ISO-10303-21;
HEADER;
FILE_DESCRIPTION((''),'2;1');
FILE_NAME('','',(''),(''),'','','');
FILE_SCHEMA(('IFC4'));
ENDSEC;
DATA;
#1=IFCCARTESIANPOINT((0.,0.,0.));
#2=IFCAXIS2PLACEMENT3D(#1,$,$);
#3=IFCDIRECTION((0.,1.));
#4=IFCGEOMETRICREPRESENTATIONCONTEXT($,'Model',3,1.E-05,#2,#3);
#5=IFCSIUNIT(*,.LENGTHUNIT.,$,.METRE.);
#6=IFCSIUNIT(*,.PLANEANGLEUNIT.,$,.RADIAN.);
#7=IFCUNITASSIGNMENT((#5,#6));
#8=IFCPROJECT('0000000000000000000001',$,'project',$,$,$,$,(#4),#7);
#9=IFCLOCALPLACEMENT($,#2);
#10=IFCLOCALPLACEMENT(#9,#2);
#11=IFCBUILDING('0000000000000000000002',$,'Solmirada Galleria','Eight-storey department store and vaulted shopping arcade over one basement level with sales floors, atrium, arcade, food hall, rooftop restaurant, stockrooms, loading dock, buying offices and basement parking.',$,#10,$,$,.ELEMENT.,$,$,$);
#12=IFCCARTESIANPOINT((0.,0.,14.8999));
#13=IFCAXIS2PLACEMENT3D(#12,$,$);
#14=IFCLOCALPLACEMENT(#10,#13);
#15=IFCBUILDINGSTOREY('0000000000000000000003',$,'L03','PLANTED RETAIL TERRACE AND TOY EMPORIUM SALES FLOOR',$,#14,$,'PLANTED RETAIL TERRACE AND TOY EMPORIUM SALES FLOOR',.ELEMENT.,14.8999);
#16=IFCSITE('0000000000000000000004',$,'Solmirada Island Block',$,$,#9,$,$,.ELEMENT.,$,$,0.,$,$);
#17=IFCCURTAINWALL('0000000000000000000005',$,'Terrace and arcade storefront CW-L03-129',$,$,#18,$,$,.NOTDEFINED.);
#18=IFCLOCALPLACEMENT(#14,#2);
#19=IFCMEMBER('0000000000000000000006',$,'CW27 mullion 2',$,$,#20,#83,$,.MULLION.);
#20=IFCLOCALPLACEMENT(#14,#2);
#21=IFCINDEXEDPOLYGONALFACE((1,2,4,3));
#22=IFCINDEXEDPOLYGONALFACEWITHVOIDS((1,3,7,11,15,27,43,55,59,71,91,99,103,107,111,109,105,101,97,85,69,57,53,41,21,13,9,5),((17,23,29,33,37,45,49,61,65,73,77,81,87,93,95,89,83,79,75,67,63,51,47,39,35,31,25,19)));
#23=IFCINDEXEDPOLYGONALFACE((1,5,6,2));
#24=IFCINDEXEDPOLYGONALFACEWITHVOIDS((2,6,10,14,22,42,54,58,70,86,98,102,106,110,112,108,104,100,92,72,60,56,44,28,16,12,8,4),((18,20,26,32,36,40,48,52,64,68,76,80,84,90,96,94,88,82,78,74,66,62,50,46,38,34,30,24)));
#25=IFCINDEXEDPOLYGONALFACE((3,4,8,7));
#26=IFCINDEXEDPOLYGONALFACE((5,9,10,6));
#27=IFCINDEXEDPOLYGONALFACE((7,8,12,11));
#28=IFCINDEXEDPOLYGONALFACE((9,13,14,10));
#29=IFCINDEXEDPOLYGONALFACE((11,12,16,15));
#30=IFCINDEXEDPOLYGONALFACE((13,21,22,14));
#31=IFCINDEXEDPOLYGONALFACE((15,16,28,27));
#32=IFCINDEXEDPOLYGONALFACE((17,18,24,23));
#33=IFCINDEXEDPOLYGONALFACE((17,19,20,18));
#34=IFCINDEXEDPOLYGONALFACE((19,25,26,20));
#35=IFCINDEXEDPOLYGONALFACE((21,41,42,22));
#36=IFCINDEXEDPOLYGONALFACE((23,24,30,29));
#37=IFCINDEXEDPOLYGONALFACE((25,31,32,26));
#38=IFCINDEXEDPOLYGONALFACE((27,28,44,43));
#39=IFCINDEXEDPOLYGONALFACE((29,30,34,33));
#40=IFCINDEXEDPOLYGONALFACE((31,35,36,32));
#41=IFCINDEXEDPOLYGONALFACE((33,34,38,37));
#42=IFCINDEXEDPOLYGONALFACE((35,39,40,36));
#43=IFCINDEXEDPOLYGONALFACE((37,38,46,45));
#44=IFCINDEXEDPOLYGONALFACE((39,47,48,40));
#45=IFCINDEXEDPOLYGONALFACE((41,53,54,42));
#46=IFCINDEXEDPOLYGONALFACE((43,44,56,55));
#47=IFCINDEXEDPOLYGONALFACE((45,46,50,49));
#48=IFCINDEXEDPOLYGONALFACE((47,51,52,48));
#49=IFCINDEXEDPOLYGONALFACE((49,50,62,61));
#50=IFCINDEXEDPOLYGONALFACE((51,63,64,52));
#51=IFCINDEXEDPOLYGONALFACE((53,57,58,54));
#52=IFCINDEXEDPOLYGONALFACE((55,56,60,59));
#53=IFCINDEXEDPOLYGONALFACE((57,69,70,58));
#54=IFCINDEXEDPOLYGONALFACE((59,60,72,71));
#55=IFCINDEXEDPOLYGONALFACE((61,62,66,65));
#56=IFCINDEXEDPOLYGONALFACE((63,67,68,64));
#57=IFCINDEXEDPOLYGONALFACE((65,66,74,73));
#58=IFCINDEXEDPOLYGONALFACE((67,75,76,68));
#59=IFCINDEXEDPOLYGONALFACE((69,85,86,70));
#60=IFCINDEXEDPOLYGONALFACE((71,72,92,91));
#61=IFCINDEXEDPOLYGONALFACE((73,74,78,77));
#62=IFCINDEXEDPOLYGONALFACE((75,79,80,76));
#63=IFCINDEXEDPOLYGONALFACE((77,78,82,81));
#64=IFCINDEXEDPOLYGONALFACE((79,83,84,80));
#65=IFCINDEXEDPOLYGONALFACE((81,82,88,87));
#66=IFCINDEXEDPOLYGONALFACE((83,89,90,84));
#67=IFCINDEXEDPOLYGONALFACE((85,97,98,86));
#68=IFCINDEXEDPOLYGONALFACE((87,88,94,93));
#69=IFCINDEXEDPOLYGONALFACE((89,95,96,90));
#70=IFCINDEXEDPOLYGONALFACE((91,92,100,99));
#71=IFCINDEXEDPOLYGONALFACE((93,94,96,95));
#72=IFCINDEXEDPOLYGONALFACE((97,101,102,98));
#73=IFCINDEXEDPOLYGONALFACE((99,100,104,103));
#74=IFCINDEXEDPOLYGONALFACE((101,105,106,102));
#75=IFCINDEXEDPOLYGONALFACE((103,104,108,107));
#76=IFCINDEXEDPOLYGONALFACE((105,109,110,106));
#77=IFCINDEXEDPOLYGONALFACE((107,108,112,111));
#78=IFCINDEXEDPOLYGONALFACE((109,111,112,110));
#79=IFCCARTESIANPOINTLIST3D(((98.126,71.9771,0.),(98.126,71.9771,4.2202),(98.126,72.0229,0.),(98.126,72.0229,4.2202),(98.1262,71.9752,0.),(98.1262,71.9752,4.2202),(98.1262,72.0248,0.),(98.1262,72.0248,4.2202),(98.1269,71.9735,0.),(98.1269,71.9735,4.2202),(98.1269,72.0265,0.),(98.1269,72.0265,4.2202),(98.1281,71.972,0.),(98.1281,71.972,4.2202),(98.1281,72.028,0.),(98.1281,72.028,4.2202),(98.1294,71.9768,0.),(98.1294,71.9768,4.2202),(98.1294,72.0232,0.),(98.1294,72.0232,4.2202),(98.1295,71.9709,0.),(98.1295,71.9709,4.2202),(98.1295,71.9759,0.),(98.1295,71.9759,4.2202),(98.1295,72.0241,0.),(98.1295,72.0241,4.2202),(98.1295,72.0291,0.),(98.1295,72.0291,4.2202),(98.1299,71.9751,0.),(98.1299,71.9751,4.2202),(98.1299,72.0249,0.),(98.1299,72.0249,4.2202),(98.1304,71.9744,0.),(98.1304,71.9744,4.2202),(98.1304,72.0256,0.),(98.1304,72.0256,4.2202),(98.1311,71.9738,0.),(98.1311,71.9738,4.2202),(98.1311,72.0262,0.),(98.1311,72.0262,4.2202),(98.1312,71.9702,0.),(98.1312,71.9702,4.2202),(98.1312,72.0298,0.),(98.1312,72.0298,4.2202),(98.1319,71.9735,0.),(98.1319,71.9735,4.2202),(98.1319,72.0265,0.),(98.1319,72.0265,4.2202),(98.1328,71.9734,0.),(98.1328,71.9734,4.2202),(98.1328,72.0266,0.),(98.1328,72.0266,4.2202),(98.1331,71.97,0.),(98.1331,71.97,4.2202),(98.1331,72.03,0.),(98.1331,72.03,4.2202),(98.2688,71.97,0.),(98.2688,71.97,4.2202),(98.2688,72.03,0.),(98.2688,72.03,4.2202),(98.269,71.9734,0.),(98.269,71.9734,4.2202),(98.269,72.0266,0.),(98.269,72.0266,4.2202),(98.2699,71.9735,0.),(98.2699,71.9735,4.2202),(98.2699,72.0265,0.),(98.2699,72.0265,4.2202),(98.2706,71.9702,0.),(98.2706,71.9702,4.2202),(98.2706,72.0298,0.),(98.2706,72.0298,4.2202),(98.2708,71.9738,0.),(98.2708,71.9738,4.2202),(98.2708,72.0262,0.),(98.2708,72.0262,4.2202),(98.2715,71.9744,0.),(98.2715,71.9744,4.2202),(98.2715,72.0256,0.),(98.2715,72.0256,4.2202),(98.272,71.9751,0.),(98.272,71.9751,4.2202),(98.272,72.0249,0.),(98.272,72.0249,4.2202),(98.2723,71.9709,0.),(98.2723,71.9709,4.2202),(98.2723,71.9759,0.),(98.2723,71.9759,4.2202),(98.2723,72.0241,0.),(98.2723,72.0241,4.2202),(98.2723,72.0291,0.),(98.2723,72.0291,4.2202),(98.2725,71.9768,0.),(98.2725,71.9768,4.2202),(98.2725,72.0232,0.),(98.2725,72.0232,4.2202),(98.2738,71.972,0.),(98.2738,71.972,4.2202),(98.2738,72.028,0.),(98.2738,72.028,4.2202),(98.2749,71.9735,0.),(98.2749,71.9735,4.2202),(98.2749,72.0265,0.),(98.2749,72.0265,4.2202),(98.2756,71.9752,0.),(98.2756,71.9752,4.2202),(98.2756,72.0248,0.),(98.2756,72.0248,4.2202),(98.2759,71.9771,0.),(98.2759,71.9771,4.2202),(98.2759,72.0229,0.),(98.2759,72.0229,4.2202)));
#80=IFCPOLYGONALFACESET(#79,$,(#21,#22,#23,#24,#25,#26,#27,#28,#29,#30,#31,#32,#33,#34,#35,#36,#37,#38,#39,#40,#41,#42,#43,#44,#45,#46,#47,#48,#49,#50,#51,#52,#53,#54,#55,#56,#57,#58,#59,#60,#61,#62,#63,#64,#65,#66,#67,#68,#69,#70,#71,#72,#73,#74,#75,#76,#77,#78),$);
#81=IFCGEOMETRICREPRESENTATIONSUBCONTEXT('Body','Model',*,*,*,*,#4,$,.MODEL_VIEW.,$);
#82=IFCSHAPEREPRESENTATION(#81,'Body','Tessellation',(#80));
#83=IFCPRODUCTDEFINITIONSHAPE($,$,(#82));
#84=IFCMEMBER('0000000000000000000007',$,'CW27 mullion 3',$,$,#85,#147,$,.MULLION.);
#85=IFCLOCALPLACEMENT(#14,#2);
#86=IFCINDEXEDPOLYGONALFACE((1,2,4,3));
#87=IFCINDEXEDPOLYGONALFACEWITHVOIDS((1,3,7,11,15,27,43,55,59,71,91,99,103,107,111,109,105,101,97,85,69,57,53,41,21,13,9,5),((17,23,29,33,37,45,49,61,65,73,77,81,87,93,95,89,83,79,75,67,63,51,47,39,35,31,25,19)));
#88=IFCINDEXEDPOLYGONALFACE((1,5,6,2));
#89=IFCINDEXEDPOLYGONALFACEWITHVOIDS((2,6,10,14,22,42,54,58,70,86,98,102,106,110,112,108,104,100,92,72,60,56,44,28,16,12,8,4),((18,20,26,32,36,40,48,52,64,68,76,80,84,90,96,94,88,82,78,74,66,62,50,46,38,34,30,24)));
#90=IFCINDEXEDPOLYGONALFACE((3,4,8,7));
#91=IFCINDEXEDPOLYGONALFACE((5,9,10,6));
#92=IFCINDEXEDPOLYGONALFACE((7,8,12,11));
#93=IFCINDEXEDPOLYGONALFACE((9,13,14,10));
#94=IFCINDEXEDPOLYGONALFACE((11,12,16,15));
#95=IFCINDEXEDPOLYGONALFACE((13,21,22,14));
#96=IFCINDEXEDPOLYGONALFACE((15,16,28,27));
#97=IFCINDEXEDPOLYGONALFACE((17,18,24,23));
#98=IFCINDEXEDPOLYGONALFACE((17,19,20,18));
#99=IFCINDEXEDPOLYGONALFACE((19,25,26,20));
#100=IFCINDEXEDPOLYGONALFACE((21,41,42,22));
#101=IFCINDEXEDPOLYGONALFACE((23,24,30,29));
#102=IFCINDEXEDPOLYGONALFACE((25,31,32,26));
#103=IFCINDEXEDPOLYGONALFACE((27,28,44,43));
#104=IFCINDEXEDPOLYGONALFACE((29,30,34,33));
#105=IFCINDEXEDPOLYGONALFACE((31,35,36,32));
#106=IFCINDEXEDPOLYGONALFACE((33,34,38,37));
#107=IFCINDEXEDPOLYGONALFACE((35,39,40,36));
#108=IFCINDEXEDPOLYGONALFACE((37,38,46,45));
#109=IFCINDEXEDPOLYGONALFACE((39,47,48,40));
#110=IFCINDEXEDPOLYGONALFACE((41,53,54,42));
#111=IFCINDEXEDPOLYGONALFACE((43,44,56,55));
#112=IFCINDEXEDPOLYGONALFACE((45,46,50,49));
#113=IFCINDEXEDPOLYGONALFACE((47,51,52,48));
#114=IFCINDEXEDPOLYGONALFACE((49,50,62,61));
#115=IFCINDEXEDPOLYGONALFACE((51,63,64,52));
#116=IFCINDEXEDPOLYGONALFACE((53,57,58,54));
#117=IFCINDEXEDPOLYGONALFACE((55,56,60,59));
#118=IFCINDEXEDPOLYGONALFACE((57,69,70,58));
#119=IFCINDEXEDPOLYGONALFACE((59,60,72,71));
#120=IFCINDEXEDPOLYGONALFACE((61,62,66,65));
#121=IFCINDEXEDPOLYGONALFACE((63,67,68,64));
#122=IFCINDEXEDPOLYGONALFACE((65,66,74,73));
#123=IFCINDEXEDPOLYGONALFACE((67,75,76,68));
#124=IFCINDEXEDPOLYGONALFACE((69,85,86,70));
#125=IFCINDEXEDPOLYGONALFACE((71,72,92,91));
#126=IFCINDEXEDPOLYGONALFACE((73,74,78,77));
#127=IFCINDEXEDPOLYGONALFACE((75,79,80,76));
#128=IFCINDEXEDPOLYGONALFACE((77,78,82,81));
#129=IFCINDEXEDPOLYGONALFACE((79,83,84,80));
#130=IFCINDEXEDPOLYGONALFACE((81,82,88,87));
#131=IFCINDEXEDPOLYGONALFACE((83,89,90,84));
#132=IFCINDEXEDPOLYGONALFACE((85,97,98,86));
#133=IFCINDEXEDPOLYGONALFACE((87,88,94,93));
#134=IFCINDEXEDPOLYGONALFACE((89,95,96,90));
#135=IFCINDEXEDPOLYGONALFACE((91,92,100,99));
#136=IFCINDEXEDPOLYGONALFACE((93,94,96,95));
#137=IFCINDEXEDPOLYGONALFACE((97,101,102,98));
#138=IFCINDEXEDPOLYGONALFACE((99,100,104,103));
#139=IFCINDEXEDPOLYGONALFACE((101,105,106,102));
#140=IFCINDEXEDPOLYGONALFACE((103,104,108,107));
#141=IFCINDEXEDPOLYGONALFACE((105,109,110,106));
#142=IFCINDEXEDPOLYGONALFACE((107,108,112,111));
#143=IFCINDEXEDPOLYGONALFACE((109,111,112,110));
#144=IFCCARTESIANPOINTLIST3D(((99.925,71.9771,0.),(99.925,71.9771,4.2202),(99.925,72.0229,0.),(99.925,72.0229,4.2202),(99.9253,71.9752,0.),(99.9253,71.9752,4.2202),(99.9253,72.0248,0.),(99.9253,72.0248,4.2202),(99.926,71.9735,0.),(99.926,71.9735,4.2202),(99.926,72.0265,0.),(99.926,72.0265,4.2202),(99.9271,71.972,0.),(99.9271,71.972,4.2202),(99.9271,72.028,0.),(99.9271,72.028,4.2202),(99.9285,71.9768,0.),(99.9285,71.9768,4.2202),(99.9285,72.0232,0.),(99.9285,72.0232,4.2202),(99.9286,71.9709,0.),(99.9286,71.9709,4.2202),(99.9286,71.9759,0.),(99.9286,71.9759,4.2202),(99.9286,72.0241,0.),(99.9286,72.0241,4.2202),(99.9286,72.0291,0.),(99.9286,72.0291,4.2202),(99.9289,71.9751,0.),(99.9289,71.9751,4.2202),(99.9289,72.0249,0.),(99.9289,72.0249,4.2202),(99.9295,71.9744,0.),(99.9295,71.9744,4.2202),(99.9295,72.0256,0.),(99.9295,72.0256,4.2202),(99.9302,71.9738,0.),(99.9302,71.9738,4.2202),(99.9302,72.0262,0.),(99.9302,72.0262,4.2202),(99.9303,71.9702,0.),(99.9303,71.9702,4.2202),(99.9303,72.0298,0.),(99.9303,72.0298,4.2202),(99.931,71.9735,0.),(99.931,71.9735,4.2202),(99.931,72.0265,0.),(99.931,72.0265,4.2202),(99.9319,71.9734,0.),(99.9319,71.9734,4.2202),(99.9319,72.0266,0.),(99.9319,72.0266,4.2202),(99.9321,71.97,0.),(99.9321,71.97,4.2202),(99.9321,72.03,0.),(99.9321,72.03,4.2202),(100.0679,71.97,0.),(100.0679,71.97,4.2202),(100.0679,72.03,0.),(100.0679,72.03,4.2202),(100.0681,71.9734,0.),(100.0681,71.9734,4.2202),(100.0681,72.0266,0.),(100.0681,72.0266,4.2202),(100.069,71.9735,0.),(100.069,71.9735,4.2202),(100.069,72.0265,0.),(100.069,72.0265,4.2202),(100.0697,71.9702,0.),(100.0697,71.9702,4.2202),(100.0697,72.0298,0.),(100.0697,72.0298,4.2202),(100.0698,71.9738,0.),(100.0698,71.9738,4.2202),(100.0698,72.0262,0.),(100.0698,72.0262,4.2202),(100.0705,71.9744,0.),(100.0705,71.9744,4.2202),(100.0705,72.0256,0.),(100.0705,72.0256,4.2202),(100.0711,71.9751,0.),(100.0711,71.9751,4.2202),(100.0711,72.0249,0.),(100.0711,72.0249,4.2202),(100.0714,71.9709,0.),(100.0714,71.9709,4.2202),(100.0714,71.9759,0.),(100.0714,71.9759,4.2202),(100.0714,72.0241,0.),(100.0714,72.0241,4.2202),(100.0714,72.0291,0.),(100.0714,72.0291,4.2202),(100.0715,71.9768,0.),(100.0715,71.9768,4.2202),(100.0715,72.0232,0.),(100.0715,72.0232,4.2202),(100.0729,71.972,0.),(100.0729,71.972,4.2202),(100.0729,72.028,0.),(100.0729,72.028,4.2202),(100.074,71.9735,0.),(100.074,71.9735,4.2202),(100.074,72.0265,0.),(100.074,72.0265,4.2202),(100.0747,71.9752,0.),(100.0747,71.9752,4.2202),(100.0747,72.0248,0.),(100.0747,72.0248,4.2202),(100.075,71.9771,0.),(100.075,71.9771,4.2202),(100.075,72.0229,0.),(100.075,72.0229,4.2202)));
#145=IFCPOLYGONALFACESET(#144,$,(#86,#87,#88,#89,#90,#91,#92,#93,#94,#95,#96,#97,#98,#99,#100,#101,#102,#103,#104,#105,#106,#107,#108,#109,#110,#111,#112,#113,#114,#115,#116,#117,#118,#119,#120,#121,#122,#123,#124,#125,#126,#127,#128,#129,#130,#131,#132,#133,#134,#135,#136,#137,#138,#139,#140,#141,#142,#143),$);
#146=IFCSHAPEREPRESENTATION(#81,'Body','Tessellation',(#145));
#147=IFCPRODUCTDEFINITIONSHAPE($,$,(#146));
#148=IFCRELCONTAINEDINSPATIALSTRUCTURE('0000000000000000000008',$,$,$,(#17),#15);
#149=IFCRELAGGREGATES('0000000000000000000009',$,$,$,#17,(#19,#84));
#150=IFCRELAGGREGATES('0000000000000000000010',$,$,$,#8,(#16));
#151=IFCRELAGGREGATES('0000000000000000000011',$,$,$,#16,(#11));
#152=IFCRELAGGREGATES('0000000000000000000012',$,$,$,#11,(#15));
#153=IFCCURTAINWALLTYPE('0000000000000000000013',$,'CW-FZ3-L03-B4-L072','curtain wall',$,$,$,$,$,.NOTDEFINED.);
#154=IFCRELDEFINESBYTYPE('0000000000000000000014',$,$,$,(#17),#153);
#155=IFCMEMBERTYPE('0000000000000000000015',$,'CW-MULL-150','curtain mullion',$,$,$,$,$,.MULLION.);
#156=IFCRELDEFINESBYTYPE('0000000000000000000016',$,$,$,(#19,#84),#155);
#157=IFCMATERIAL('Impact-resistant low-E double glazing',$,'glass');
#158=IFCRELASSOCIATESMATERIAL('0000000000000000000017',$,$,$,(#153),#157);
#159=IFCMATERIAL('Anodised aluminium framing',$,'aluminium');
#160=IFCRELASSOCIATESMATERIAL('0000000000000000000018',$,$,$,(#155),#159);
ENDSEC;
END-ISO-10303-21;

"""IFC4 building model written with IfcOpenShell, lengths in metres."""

from ifc_helpers import new_model, si_unit, direction, frame, origin, origin_2d, place, context, subcontext, project, spatial, hollow_rectangle, extrude, material, material_profile, profile_set, type_object, element, aggregate, save


model = new_model("IFC4")

# Units and contexts
model_context = context("Model", 3, precision=1e-05, world=origin(), true_north=direction((0.0, 1.0)))
body_context = subcontext(model_context, "Body", "Model", "MODEL_VIEW")
ifc_project = project(units=[si_unit("LENGTHUNIT", "METRE"), si_unit("PLANEANGLEUNIT", "RADIAN")], contexts=[model_context])

# Site, building, storey
site_placement = place(None, origin())
site = spatial("IfcSite", under=ifc_project, at=site_placement, Name="Solmirada Island Block", CompositionType="ELEMENT", RefElevation=0.0)
building_placement = place(site_placement, origin())
building = spatial("IfcBuilding", under=site, at=building_placement, Name="Solmirada Galleria", Description="Eight-storey department store and vaulted shopping arcade over one basement level with sales floors, atrium, arcade, food hall, rooftop restaurant, stockrooms, loading dock, buying offices and basement parking.", CompositionType="ELEMENT")
storey_placement = place(building_placement, frame((0.0, 0.0, 14.8999)))
storey = spatial("IfcBuildingStorey", under=building, at=storey_placement, Name="L03", Description="PLANTED RETAIL TERRACE AND TOY EMPORIUM SALES FLOOR", LongName="PLANTED RETAIL TERRACE AND TOY EMPORIUM SALES FLOOR", CompositionType="ELEMENT", Elevation=14.8999)

# Shared definitions
ifc_material_1 = material(Name="Impact-resistant low-E double glazing", Category="glass")
curtain_wall_type = type_object("IfcCurtainWallType", Name="CW-FZ3-L03-B4-L072", Description="curtain wall", PredefinedType="NOTDEFINED", material=ifc_material_1)
ifc_material_2 = material(Name="Anodised aluminium framing", Category="aluminium")
ifc_material_profile_1 = material_profile(ifc_material_2, hollow_rectangle(XDim=0.0601, YDim=0.1499, WallThickness=0.0034, InnerFilletRadius=0.0034, OuterFilletRadius=0.0071, at=origin_2d()), Name="ALU-MULL-150X60")
ifc_profile_set_1 = profile_set([ifc_material_profile_1], Name="Anodised aluminium framing")
member_type_1 = type_object("IfcMemberType", Name="CW-MULL-150", Description="curtain mullion", PredefinedType="MULLION", material=ifc_profile_set_1)

# Curtain wall, members
curtain_wall_1_placement = place(storey_placement, origin())
curtain_wall_1 = element("IfcCurtainWall", 1, at=curtain_wall_1_placement, inside=storey, type_object=curtain_wall_type, Name="Terrace and arcade storefront CW-L03-129", PredefinedType="NOTDEFINED")
member_1_placement = place(storey_placement, frame((98.2009, 72.0, 0.0), z_axis=(0.0, 0.0, 1.0), x_axis=(0.0, 1.0, 0.0)))
member_1 = element("IfcMember", 2, at=member_1_placement, type_object=member_type_1, Name="CW27 mullion 2", PredefinedType="MULLION", context=body_context, shape_type="SweptSolid", body=[
    extrude(hollow_rectangle(XDim=0.0601, YDim=0.1499, WallThickness=0.0034, InnerFilletRadius=0.0034, OuterFilletRadius=0.0071, at=origin_2d()), origin(), (0.0, 0.0, 1.0), 4.2202),
])
member_2_placement = place(storey_placement, frame((100.0, 72.0, 0.0), z_axis=(0.0, 0.0, 1.0), x_axis=(0.0, 1.0, 0.0)))
member_2 = element("IfcMember", 3, at=member_2_placement, type_object=member_type_1, Name="CW27 mullion 3", PredefinedType="MULLION", context=body_context, shape_type="SweptSolid", body=[
    extrude(hollow_rectangle(XDim=0.0601, YDim=0.1499, WallThickness=0.0034, InnerFilletRadius=0.0034, OuterFilletRadius=0.0071, at=origin_2d()), origin(), (0.0, 0.0, 1.0), 4.2202),
])

aggregate(curtain_wall_1, [member_1, member_2])

save(model, "model.ifc")
